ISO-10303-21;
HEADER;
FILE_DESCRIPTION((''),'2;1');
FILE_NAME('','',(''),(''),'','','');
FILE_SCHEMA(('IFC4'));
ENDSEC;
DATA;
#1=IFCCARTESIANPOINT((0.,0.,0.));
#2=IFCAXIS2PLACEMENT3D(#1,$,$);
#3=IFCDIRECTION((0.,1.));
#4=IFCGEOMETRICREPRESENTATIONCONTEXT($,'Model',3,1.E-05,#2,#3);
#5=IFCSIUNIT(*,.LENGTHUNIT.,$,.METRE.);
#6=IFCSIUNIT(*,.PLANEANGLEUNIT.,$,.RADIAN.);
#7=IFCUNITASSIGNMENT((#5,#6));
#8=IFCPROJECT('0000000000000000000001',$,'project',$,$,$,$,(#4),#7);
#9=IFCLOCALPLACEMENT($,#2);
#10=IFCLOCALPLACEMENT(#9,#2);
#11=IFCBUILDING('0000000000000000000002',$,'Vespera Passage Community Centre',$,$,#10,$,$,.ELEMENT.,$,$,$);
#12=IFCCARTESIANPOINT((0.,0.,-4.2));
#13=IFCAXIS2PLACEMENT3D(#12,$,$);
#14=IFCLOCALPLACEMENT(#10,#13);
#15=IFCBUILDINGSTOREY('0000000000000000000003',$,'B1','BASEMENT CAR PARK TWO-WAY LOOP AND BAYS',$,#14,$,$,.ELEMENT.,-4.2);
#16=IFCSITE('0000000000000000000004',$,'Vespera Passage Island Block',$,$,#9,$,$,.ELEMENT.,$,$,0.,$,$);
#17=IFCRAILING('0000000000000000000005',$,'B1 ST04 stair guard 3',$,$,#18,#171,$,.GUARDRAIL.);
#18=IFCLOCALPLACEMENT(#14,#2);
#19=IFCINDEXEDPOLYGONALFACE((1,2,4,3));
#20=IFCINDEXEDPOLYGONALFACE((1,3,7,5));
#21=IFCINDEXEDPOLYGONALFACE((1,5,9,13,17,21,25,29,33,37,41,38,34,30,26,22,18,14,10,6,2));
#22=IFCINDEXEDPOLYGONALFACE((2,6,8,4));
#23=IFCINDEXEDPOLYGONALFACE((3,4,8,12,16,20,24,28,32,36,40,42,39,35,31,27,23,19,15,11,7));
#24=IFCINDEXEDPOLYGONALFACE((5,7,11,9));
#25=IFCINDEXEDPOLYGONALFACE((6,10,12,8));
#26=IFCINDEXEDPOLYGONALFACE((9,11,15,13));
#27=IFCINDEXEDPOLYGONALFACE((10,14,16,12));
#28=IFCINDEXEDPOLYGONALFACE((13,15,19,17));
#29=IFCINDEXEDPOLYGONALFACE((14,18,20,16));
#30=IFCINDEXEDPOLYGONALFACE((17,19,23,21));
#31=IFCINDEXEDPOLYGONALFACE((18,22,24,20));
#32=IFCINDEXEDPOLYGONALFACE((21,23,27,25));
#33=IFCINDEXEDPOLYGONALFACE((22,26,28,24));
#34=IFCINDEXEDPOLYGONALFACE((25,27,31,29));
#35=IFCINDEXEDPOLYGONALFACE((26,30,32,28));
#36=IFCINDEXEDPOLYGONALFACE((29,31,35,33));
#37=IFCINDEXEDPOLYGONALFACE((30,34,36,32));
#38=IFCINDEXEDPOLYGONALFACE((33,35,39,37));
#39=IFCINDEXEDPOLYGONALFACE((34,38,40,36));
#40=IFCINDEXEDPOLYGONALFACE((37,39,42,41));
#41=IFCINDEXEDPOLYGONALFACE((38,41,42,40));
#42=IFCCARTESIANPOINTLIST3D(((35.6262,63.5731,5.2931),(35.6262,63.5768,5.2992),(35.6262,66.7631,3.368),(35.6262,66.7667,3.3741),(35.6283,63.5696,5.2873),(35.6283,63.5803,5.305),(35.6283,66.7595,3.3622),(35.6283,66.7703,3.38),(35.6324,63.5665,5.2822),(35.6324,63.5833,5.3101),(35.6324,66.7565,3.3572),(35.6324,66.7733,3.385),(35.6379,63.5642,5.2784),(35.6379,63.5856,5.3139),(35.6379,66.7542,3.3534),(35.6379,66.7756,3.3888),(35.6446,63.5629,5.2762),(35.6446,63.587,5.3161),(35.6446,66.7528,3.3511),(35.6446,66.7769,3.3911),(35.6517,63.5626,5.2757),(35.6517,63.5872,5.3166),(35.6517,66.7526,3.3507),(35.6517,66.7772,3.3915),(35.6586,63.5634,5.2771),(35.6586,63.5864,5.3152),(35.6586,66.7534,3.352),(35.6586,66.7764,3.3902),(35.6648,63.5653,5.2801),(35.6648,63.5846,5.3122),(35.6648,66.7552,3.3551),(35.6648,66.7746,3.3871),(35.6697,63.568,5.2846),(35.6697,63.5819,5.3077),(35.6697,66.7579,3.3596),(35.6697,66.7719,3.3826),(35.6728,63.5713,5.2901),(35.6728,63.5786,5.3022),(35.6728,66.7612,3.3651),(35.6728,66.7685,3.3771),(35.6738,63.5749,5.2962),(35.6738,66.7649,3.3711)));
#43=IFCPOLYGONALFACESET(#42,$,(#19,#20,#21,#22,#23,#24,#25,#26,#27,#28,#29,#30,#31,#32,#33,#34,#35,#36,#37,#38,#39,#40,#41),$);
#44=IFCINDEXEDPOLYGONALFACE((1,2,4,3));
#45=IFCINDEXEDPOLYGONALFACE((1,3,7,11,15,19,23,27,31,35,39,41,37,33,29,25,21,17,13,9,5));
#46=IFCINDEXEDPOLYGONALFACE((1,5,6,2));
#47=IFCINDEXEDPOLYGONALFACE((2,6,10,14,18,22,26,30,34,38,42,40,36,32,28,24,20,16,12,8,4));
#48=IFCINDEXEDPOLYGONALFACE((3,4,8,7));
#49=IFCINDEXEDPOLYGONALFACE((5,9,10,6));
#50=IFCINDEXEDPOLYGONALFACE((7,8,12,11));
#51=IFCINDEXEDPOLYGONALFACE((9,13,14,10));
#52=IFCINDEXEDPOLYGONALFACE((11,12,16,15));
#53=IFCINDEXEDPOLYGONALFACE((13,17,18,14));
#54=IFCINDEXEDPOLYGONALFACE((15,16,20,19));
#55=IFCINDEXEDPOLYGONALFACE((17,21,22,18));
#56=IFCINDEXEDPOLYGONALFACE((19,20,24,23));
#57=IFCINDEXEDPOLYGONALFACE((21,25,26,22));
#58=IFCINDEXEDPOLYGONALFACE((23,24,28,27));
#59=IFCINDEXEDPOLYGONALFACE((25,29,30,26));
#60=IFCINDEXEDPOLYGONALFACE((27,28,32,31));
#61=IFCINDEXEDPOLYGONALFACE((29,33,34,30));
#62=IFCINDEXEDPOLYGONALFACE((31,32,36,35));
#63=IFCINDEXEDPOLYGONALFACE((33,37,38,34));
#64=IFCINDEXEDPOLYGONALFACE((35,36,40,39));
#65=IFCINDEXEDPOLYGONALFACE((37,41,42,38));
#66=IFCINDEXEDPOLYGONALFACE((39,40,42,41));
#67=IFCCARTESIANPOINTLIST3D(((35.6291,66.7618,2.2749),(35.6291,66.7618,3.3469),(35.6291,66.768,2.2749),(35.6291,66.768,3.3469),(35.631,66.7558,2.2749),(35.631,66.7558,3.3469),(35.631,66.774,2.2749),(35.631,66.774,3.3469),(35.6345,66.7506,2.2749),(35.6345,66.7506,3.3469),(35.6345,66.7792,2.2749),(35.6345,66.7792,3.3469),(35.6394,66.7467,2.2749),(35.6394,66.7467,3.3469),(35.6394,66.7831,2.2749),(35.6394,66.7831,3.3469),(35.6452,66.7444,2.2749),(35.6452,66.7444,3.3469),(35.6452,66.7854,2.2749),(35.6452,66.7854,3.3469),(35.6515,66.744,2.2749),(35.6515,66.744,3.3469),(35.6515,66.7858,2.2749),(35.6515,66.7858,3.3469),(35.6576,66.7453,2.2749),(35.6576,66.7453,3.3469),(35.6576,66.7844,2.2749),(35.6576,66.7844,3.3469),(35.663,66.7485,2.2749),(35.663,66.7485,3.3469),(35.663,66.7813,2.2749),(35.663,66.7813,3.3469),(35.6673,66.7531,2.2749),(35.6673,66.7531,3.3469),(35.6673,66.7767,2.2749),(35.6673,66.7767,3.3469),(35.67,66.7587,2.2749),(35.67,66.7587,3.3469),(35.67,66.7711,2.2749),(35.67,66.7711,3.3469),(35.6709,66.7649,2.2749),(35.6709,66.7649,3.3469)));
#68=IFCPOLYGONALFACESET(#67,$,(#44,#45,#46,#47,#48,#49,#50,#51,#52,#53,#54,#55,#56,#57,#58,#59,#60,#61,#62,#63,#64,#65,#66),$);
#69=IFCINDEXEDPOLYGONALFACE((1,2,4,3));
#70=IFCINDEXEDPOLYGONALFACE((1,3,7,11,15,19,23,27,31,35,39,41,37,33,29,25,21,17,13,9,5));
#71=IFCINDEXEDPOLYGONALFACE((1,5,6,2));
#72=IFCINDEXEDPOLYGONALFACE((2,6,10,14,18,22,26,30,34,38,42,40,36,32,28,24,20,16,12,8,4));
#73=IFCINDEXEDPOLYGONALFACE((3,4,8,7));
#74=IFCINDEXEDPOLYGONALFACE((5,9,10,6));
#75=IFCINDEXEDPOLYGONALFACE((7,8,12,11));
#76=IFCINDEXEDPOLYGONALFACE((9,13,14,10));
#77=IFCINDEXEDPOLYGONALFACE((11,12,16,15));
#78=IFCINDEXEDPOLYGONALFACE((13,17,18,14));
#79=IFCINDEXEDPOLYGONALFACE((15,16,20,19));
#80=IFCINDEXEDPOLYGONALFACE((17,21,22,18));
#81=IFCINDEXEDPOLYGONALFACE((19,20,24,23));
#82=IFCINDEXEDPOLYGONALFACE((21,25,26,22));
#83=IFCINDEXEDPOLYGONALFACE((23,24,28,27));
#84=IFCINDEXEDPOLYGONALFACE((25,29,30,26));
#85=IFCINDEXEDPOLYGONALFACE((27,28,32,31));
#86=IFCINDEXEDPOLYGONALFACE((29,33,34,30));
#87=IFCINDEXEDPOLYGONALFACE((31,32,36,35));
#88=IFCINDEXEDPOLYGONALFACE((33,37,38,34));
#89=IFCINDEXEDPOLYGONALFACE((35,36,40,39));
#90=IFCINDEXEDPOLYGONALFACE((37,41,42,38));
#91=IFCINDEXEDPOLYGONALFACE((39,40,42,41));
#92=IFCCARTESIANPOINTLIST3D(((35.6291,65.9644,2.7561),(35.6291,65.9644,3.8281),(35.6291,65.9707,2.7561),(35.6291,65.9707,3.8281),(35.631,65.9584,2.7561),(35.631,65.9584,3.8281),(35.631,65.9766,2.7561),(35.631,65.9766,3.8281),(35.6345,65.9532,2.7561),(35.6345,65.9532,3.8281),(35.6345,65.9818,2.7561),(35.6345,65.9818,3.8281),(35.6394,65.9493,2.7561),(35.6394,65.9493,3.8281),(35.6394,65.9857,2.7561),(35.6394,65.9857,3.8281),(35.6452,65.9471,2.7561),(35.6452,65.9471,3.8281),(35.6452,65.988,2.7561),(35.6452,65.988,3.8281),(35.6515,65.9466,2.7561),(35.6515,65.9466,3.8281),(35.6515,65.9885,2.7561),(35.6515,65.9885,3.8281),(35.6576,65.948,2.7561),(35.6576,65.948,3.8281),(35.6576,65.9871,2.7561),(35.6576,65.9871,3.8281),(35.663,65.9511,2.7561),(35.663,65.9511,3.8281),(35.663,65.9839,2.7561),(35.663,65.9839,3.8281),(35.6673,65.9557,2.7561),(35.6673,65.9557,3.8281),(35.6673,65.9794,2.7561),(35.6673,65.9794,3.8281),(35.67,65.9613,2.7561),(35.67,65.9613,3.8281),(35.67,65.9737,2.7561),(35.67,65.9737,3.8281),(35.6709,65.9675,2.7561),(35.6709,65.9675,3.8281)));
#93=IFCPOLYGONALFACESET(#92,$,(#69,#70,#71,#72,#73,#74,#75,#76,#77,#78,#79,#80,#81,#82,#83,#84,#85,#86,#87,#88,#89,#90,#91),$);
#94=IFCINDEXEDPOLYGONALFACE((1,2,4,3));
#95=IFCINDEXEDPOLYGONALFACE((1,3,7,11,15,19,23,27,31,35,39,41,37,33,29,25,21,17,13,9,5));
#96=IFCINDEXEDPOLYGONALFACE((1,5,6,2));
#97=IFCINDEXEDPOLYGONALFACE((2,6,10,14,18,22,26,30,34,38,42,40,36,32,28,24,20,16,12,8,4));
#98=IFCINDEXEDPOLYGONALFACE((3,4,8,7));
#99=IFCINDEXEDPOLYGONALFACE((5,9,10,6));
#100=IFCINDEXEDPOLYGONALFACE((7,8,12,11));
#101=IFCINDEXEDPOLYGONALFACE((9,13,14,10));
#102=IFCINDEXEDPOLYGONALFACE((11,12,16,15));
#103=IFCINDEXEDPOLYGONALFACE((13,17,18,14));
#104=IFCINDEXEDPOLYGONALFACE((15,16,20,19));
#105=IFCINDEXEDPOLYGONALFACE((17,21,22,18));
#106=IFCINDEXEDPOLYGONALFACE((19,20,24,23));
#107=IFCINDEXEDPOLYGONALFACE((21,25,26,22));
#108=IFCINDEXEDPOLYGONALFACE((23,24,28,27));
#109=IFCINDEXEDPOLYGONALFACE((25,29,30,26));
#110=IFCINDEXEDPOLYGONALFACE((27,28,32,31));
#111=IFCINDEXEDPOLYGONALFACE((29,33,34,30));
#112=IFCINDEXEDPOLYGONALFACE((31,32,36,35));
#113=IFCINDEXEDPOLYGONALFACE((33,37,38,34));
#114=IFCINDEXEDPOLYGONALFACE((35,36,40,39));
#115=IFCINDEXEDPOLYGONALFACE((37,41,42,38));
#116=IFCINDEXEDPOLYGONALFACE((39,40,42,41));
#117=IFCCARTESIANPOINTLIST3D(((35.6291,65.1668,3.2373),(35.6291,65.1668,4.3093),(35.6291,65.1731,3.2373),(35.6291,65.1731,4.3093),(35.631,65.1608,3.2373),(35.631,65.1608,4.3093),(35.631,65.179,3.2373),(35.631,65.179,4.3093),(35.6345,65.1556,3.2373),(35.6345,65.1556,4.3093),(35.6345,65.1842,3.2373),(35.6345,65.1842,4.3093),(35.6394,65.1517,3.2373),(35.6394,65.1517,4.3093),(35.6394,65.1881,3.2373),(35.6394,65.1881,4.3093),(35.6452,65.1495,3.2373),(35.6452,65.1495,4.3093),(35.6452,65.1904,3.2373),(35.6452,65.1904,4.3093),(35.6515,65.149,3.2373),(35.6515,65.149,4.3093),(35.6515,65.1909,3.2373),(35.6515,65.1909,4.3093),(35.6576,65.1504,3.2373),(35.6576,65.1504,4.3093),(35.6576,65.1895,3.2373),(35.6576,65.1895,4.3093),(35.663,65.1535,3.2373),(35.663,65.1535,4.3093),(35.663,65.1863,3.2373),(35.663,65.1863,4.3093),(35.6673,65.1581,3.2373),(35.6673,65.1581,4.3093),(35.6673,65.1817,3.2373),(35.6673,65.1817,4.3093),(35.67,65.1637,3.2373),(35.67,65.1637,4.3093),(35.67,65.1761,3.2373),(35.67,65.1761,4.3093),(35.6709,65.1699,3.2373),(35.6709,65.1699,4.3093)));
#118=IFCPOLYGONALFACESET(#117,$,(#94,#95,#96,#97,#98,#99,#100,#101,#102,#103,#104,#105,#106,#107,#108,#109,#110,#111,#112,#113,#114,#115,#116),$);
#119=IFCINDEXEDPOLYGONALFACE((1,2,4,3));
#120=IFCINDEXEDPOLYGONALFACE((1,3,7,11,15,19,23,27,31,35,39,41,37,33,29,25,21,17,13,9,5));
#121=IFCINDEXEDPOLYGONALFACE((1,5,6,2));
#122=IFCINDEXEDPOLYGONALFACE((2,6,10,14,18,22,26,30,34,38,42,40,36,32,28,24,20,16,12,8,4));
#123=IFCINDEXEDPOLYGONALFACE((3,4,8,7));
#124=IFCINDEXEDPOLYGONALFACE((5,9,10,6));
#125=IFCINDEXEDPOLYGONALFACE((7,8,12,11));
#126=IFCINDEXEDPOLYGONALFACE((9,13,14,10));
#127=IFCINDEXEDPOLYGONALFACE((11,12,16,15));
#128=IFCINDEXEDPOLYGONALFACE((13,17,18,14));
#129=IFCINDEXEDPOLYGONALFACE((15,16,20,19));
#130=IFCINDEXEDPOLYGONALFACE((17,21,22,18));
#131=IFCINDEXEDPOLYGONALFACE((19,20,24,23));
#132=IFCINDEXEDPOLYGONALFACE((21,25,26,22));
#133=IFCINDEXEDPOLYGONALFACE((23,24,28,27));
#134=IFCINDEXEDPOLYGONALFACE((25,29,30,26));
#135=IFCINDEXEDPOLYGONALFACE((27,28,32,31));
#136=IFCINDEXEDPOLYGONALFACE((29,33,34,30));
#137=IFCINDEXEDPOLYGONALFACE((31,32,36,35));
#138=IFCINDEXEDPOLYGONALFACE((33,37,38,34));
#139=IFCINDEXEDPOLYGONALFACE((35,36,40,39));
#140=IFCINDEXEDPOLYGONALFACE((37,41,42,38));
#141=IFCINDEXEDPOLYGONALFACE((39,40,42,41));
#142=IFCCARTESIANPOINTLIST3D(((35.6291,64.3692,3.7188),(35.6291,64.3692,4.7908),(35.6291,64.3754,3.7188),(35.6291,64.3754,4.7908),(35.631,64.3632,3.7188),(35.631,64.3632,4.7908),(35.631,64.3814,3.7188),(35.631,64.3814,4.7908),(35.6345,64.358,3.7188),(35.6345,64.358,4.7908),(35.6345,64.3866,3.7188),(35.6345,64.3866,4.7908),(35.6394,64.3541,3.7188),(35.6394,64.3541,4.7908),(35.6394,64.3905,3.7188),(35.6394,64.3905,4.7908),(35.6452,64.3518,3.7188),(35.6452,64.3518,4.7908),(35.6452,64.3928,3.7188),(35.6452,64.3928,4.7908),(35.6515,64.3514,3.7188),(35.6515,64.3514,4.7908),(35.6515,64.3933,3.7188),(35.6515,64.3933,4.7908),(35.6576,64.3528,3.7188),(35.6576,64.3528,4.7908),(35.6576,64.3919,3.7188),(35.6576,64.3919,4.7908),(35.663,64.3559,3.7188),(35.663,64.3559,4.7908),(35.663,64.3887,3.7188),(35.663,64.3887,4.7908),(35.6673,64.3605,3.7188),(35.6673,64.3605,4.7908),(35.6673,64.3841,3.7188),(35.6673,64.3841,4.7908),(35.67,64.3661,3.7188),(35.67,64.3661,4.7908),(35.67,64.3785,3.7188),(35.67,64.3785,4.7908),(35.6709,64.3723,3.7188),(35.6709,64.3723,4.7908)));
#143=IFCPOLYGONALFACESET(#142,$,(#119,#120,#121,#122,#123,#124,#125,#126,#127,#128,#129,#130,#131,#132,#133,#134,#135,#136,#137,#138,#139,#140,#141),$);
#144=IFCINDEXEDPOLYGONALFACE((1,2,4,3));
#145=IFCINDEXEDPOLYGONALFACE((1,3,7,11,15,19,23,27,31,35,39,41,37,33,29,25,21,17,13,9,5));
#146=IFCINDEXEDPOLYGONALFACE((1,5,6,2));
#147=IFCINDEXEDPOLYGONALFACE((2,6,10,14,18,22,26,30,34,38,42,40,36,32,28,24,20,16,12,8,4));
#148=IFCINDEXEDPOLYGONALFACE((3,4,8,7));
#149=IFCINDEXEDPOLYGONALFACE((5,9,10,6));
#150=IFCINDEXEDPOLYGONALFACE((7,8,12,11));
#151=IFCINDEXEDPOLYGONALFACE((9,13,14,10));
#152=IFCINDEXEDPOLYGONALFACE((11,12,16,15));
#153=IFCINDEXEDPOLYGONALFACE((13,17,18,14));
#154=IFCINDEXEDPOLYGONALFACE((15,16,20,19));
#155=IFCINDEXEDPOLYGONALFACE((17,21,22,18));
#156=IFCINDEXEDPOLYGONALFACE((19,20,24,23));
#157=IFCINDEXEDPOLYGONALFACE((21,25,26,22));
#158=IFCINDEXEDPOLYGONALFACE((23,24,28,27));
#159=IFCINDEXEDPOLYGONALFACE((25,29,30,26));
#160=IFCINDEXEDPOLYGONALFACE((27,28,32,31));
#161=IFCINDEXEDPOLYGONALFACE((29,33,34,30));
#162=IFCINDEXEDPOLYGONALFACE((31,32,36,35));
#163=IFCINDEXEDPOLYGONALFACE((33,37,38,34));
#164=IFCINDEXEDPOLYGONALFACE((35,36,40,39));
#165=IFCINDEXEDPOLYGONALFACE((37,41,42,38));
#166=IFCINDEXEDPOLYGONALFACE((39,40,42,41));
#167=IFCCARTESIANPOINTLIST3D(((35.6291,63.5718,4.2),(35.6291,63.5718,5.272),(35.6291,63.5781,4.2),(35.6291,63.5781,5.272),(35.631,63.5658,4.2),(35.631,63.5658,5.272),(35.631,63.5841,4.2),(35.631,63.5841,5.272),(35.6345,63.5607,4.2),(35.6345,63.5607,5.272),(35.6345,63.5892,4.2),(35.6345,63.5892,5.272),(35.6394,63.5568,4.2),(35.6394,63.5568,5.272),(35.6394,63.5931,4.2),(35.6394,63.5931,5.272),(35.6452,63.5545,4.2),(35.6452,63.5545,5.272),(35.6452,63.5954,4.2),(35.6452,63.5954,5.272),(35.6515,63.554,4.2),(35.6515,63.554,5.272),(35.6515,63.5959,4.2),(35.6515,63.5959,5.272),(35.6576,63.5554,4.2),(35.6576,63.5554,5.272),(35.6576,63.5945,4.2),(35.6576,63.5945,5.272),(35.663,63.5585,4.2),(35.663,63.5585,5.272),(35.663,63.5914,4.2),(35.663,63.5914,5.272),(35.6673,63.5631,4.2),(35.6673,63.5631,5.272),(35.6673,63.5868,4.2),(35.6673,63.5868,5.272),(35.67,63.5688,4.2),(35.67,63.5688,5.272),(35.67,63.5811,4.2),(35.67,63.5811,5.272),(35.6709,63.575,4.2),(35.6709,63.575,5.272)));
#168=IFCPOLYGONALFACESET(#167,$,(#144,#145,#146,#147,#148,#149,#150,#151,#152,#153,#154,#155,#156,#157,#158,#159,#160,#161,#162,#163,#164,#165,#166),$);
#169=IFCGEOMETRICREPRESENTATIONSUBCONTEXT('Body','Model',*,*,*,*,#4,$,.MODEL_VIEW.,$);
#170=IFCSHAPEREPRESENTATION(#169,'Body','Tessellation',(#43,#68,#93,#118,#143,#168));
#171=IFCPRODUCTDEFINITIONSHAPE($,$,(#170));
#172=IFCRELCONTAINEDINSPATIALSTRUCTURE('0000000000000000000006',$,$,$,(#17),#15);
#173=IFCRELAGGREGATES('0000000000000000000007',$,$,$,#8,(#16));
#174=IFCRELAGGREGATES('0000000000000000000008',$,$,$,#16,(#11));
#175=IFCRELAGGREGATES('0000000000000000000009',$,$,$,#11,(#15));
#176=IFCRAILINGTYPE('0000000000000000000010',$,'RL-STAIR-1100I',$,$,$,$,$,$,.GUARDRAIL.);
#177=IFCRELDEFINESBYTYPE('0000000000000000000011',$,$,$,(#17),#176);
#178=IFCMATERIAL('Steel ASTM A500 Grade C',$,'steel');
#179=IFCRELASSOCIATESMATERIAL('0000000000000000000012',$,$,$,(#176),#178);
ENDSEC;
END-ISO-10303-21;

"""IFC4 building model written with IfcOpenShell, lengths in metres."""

from ifc_helpers import new_model, si_unit, direction, frame, origin, origin_2d, place, context, subcontext, project, spatial, circle, extrude, material, type_object, element, save


model = new_model("IFC4")

# Units and contexts
model_context = context("Model", 3, precision=1e-05, world=origin(), true_north=direction((0.0, 1.0)))
body_context = subcontext(model_context, "Body", "Model", "MODEL_VIEW")
ifc_project = project(units=[si_unit("LENGTHUNIT", "METRE"), si_unit("PLANEANGLEUNIT", "RADIAN")], contexts=[model_context])

# Site, building, storey
site_placement = place(None, origin())
site = spatial("IfcSite", under=ifc_project, at=site_placement, Name="Vespera Passage Island Block", CompositionType="ELEMENT", RefElevation=0.0)
building_placement = place(site_placement, origin())
building = spatial("IfcBuilding", under=site, at=building_placement, Name="Vespera Passage Community Centre", CompositionType="ELEMENT")
storey_placement = place(building_placement, frame((0.0, 0.0, -4.2)))
storey = spatial("IfcBuildingStorey", under=building, at=storey_placement, Name="B1", Description="BASEMENT CAR PARK TWO-WAY LOOP AND BAYS", CompositionType="ELEMENT", Elevation=-4.2)

# Railing
ifc_material_1 = material(Name="Steel ASTM A500 Grade C", Category="steel")
railing_type_1 = type_object("IfcRailingType", Name="RL-STAIR-1100I", PredefinedType="GUARDRAIL", material=ifc_material_1)
railing_1_placement = place(storey_placement, frame((35.6499, 66.7649, 2.2749)))
element("IfcRailing", 1, at=railing_1_placement, inside=storey, type_object=railing_type_1, Name="B1 ST04 stair guard 3", PredefinedType="GUARDRAIL", context=body_context, shape_type="SweptSolid", body=[
    extrude(circle(Radius=0.0239, at=origin_2d()), frame((0.0, 0.0, 1.0962), z_axis=(0.0, -0.856178, 0.516682), x_axis=(1.0, 0.0, 0.0)), (0.0, 0.0, 1.0), 3.7258),
    extrude(circle(Radius=0.021, at=origin_2d()), origin(), (0.0, 0.0, 1.0), 1.072),
    extrude(circle(Radius=0.021, at=origin_2d()), frame((0.0, -0.7974, 0.4812)), (0.0, 0.0, 1.0), 1.072),
    extrude(circle(Radius=0.021, at=origin_2d()), frame((0.0, -1.595, 0.9624)), (0.0, 0.0, 1.0), 1.072),
    extrude(circle(Radius=0.021, at=origin_2d()), frame((0.0, -2.3926, 1.4438)), (0.0, 0.0, 1.0), 1.072),
    extrude(circle(Radius=0.021, at=origin_2d()), frame((0.0, -3.1899, 1.925)), (0.0, 0.0, 1.0), 1.072),
])

save(model, "model.ifc")
